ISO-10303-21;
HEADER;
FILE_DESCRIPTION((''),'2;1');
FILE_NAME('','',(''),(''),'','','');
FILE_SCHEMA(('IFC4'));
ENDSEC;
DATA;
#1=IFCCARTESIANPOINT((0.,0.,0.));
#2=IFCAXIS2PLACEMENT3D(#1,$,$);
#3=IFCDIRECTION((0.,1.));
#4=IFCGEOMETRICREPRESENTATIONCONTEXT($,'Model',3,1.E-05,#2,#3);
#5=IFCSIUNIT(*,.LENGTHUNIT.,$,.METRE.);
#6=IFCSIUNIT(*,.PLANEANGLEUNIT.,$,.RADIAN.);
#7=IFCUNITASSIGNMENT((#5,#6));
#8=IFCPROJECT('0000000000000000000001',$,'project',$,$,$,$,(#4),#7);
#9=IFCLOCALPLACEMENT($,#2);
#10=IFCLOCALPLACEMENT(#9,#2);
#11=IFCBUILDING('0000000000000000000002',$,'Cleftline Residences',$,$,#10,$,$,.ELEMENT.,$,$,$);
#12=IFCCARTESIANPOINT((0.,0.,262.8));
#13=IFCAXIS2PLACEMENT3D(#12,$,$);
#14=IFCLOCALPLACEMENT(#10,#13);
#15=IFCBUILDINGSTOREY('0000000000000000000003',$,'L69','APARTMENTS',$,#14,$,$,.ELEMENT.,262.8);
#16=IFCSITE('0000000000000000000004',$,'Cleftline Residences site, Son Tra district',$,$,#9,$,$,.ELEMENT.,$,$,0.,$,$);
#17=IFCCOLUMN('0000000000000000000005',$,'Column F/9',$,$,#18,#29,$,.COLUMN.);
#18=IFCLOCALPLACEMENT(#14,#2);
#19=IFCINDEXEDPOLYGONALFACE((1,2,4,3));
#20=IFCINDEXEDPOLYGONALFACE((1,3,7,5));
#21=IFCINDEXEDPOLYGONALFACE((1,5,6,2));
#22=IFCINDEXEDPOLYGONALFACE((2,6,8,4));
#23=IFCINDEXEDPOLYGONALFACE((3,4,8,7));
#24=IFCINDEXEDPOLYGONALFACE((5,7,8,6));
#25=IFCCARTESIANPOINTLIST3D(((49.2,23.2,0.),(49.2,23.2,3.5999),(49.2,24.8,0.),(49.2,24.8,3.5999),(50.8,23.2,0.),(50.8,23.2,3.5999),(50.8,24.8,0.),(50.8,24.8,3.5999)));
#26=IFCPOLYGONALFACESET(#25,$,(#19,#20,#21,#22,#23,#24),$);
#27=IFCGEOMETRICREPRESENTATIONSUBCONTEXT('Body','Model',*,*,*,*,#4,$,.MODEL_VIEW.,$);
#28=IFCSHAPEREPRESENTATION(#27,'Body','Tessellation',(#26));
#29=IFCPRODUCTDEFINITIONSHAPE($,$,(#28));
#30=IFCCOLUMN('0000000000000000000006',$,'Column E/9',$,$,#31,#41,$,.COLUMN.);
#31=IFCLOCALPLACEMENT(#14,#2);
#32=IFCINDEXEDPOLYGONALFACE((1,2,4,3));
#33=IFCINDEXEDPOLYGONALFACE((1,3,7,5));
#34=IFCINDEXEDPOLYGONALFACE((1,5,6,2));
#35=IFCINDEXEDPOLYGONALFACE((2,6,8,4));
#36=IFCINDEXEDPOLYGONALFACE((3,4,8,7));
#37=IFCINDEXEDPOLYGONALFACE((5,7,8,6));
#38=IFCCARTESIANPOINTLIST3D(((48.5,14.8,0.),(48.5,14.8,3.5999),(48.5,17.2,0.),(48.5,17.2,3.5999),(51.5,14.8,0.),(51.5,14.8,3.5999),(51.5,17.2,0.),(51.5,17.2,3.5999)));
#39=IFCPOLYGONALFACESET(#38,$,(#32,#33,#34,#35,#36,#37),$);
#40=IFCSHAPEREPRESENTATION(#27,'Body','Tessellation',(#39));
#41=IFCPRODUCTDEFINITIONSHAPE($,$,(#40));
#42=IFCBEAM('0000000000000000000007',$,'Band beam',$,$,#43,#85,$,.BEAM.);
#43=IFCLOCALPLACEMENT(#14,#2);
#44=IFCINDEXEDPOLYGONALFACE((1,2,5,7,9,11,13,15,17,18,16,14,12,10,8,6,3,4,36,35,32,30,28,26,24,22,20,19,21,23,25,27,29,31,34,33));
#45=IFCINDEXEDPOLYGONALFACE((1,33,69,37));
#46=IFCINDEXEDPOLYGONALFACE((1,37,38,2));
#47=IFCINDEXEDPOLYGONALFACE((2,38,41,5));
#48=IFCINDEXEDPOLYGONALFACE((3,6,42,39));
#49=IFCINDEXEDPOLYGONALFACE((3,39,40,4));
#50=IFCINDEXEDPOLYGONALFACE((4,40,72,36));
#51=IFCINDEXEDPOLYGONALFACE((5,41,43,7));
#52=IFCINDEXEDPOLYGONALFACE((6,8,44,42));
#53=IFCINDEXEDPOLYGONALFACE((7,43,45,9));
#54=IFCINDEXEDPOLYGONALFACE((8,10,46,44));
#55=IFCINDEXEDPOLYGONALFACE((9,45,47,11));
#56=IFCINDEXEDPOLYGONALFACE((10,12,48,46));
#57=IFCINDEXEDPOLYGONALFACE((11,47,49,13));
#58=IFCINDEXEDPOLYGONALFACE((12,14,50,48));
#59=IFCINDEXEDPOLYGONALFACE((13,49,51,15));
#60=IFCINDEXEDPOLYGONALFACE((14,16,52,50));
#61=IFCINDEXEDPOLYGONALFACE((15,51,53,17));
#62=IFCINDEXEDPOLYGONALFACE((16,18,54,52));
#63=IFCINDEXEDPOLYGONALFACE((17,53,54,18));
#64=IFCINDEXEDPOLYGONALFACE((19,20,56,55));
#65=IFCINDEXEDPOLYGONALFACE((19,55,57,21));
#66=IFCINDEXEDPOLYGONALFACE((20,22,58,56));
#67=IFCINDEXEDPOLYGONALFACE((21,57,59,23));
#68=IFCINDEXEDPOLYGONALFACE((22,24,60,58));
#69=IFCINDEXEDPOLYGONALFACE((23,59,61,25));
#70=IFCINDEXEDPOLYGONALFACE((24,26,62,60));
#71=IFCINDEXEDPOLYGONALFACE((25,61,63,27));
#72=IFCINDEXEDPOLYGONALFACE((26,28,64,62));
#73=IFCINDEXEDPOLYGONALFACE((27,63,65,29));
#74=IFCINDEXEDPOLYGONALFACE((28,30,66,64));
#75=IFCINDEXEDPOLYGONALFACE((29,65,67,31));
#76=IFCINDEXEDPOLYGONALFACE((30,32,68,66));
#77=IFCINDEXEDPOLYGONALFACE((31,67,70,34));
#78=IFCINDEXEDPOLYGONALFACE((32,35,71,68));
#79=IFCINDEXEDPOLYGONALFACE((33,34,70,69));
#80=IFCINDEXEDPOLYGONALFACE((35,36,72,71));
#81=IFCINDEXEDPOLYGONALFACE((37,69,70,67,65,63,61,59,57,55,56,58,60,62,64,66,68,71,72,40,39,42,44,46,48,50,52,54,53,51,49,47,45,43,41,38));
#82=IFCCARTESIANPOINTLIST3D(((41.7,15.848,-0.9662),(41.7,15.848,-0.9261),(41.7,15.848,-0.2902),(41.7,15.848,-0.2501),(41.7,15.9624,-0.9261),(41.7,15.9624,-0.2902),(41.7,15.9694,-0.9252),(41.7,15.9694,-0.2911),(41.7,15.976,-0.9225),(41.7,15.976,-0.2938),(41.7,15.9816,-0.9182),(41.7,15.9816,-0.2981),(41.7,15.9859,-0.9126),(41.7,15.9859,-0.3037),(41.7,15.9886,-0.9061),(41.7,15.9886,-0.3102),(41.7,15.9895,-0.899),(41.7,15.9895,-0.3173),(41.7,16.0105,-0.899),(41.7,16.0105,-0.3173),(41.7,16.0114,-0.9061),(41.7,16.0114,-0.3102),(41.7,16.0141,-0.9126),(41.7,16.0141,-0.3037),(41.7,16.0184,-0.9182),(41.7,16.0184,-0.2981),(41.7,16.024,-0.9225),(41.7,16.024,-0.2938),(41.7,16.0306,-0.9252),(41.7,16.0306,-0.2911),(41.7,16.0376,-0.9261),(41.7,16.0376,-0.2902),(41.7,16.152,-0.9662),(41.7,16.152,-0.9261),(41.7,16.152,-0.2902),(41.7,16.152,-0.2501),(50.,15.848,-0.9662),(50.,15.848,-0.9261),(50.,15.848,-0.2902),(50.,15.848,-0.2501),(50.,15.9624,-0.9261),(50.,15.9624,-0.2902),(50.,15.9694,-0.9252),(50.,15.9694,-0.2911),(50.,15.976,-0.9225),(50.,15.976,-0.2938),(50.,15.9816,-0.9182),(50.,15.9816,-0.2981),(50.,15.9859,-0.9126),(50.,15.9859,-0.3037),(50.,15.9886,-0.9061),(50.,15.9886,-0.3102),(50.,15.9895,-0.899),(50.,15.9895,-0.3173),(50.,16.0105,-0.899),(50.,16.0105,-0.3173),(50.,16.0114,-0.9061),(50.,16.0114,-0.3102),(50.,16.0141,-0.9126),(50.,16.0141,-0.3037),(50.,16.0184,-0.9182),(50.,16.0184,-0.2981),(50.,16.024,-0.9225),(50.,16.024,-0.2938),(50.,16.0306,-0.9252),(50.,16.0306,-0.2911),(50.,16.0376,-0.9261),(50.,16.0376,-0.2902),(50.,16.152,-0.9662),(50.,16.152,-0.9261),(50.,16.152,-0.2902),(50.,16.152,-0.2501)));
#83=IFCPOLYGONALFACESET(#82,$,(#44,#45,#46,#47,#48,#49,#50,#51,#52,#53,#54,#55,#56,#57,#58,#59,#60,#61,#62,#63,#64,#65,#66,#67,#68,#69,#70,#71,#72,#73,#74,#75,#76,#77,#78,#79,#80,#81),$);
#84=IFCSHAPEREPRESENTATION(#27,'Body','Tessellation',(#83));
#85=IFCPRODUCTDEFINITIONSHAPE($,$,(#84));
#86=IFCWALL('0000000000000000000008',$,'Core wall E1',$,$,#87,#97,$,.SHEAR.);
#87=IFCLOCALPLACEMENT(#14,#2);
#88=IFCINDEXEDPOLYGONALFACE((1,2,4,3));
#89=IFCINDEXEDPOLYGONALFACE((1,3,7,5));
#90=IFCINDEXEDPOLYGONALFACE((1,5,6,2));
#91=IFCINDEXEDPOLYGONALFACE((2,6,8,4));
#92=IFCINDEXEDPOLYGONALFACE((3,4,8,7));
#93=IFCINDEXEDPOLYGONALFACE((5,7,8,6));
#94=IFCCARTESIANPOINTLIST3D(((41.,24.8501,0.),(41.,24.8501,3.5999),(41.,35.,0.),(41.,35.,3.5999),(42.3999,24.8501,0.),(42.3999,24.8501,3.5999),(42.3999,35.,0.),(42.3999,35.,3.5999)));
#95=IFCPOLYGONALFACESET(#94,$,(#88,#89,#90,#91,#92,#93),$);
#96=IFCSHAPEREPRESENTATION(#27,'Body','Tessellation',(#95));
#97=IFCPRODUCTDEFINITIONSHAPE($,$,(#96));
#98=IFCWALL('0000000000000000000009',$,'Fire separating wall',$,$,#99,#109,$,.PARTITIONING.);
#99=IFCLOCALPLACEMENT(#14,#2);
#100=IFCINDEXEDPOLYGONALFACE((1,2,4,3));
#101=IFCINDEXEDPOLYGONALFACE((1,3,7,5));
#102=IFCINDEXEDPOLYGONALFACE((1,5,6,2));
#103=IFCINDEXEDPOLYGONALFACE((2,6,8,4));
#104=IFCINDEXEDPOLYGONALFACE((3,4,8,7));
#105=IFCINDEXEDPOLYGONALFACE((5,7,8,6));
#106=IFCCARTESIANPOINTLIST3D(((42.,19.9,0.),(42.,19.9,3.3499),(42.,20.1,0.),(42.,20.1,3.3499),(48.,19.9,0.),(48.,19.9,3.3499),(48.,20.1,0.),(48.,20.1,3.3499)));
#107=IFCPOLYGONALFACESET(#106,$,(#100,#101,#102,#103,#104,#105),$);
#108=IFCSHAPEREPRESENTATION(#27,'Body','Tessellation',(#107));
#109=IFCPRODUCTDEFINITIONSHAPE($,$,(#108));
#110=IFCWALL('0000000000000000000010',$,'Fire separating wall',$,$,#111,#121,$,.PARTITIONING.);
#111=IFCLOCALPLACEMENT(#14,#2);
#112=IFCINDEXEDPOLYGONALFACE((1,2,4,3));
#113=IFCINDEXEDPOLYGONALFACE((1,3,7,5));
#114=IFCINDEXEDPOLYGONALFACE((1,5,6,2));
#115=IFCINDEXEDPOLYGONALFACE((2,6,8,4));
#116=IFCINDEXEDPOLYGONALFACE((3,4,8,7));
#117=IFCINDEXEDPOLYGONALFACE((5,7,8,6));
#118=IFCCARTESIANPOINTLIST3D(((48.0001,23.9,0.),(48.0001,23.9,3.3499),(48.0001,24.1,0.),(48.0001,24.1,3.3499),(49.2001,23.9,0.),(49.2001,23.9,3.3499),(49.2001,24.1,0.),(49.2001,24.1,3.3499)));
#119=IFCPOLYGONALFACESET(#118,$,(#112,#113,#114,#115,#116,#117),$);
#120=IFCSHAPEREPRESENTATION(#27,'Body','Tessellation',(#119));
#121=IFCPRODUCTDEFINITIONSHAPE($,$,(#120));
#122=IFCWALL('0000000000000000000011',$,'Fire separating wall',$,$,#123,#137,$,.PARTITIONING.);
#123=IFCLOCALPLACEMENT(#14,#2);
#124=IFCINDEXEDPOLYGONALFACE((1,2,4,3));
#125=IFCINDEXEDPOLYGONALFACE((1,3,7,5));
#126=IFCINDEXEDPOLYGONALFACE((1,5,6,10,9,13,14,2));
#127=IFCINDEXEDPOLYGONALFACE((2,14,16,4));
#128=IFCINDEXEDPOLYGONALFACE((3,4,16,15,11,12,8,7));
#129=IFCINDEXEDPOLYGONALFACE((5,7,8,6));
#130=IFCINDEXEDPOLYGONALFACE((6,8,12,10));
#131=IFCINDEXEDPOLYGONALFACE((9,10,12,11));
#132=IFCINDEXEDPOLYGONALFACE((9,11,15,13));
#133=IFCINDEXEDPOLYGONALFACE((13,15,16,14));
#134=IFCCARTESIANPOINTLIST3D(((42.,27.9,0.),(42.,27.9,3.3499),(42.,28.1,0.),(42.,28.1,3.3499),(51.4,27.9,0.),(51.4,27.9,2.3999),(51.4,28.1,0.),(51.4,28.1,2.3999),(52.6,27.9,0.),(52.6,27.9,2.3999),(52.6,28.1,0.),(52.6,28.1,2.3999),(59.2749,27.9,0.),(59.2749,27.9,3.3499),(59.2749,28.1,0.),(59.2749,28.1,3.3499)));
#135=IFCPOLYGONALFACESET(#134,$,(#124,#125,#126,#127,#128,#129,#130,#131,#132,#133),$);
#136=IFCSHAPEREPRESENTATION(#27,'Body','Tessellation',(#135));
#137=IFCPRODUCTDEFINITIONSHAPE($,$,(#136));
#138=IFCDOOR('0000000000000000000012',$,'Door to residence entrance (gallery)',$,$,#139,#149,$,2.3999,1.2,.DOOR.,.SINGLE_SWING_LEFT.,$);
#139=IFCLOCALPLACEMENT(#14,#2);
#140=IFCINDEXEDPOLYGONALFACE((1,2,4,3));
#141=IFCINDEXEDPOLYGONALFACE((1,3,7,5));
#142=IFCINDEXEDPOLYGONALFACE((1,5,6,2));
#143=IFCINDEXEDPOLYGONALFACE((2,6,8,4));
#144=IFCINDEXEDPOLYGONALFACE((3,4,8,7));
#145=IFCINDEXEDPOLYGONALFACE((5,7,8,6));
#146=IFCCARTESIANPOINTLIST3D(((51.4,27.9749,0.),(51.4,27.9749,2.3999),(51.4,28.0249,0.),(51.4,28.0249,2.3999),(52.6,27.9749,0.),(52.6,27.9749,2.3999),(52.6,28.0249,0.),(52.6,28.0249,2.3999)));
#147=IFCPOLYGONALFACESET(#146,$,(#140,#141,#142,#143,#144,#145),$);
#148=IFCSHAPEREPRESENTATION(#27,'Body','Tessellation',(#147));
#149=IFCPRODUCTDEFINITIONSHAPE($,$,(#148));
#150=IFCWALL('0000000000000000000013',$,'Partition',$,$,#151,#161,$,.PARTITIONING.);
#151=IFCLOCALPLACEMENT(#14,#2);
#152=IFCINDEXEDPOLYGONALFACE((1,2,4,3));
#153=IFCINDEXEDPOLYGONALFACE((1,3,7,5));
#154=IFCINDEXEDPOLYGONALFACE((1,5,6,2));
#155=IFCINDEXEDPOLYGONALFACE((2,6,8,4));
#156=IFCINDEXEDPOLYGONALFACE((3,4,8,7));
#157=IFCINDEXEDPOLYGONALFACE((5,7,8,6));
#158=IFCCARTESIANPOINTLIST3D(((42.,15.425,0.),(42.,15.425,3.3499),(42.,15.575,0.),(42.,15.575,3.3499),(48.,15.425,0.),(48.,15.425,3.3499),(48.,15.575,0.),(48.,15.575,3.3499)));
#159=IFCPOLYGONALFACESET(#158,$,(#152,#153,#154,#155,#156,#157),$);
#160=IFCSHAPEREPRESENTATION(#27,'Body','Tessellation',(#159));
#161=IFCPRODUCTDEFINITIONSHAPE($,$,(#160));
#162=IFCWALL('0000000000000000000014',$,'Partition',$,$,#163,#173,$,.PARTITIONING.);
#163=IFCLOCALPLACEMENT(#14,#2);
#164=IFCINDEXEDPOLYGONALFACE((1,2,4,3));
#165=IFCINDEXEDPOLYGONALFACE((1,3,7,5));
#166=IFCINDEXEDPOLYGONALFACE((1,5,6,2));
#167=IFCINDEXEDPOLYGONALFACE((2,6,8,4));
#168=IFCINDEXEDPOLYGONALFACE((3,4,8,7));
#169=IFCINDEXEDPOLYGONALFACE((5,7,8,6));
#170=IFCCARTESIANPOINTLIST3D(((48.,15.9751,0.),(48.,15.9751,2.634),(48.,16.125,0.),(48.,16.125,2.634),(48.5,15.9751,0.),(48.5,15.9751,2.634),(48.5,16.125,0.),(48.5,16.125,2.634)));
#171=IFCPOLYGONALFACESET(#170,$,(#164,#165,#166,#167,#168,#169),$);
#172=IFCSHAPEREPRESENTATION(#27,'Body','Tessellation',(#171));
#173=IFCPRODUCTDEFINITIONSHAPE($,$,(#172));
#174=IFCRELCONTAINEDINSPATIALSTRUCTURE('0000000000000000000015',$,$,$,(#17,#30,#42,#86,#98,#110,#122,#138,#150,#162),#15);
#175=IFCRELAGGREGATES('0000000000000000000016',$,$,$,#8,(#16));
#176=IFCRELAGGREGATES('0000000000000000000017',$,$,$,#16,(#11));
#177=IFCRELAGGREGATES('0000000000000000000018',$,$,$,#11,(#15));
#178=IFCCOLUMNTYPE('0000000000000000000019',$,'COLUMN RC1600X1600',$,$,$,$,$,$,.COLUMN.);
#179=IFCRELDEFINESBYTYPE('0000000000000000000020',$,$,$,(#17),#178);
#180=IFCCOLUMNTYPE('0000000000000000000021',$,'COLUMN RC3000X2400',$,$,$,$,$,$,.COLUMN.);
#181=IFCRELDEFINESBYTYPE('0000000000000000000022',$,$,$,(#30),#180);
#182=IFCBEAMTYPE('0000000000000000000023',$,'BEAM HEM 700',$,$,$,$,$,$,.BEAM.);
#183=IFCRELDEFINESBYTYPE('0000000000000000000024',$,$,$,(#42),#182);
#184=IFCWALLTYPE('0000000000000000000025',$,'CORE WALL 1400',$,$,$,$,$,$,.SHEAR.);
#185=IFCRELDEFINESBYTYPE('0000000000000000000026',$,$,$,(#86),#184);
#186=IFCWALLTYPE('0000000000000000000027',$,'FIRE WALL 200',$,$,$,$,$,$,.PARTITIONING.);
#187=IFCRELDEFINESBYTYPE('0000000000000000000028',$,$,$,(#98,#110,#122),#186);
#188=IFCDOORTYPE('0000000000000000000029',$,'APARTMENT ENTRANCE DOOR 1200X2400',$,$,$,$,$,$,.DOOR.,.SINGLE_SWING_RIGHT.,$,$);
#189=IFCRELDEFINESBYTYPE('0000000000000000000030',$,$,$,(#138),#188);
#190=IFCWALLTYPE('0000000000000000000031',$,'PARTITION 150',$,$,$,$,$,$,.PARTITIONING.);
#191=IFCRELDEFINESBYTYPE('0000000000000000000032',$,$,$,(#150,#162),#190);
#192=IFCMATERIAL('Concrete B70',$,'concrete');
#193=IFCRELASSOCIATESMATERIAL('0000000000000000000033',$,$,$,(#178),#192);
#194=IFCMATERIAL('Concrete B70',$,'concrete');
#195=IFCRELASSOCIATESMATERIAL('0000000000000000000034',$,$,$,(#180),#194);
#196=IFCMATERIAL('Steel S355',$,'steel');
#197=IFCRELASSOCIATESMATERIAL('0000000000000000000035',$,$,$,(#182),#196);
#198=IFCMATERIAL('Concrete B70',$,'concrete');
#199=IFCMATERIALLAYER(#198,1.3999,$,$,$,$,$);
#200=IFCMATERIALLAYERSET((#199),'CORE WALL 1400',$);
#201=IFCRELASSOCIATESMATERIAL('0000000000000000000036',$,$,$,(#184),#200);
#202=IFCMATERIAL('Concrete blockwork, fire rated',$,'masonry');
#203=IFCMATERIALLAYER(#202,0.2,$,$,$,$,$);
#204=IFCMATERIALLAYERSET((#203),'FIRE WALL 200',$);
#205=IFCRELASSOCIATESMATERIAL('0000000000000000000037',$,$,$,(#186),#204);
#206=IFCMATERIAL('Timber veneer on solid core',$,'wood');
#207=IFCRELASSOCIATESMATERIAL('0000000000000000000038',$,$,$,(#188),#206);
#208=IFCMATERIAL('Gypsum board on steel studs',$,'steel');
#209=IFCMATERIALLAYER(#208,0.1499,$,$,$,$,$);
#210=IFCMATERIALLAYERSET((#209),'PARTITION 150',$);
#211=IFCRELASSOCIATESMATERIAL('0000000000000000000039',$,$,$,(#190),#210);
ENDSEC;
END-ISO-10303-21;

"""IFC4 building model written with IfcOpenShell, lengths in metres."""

from ifc_helpers import new_model, si_unit, direction, frame, frame_2d, origin, origin_2d, place, context, subcontext, project, spatial, rectangle, i_section, extrude, material, layer, layer_set, material_profile, profile_set, type_object, element, fill, save


model = new_model("IFC4")

# Units and contexts
model_context = context("Model", 3, precision=1e-05, world=origin(), true_north=direction((0.0, 1.0)))
body_context = subcontext(model_context, "Body", "Model", "MODEL_VIEW")
ifc_project = project(units=[si_unit("LENGTHUNIT", "METRE"), si_unit("PLANEANGLEUNIT", "RADIAN")], contexts=[model_context])

# Site, building, storey
site_placement = place(None, origin())
site = spatial("IfcSite", under=ifc_project, at=site_placement, Name="Cleftline Residences site, Son Tra district", CompositionType="ELEMENT", RefElevation=0.0)
building_placement = place(site_placement, origin())
building = spatial("IfcBuilding", under=site, at=building_placement, Name="Cleftline Residences", CompositionType="ELEMENT")
storey_placement = place(building_placement, frame((0.0, 0.0, 262.8)))
storey = spatial("IfcBuildingStorey", under=building, at=storey_placement, Name="L69", Description="APARTMENTS", CompositionType="ELEMENT", Elevation=262.8)

# Columns
ifc_material_1 = material(Name="Concrete B70", Category="concrete")
ifc_material_profile_1 = material_profile(ifc_material_1, rectangle(XDim=1.6001, YDim=1.6001, at=origin_2d()))
ifc_profile_set_1 = profile_set([ifc_material_profile_1], Name="Concrete B70")
column_type_1 = type_object("IfcColumnType", Name="COLUMN RC1600X1600", PredefinedType="COLUMN", material=ifc_profile_set_1)
column_1_placement = place(storey_placement, frame((50.0, 24.0, 0.0), z_axis=(0.0, 0.0, 1.0), x_axis=(1.0, 0.0, 0.0)))
element("IfcColumn", 1, at=column_1_placement, inside=storey, type_object=column_type_1, Name="Column F/9", PredefinedType="COLUMN", context=body_context, shape_type="SweptSolid", body=[
    extrude(rectangle(XDim=1.6001, YDim=1.6001, at=origin_2d()), origin(), (0.0, 0.0, 1.0), 3.5999),
])
ifc_material_2 = material(Name="Concrete B70", Category="concrete")
ifc_material_profile_2 = material_profile(ifc_material_2, rectangle(XDim=3.0, YDim=2.3999, at=origin_2d()))
ifc_profile_set_2 = profile_set([ifc_material_profile_2], Name="Concrete B70")
column_type_2 = type_object("IfcColumnType", Name="COLUMN RC3000X2400", PredefinedType="COLUMN", material=ifc_profile_set_2)
column_2_placement = place(storey_placement, frame((50.0, 16.0, 0.0), z_axis=(0.0, 0.0, 1.0), x_axis=(1.0, 0.0, 0.0)))
element("IfcColumn", 2, at=column_2_placement, inside=storey, type_object=column_type_2, Name="Column E/9", PredefinedType="COLUMN", context=body_context, shape_type="SweptSolid", body=[
    extrude(rectangle(XDim=3.0, YDim=2.3999, at=origin_2d()), origin(), (0.0, 0.0, 1.0), 3.5999),
])

# Beam
ifc_material_3 = material(Name="Steel S355", Category="steel")
ifc_material_profile_3 = material_profile(ifc_material_3, i_section(OverallWidth=0.304, OverallDepth=0.7161, WebThickness=0.021, FlangeThickness=0.04, FilletRadius=0.0271, at=origin_2d()))
ifc_profile_set_3 = profile_set([ifc_material_profile_3], Name="Steel S355")
beam_type = type_object("IfcBeamType", Name="BEAM HEM 700", PredefinedType="BEAM", material=ifc_profile_set_3)
beam_placement = place(storey_placement, frame((50.0, 16.0, -0.6082), z_axis=(-1.0, 0.0, 0.0), x_axis=(0.0, -1.0, 0.0)))
element("IfcBeam", 3, at=beam_placement, inside=storey, type_object=beam_type, Name="Band beam", PredefinedType="BEAM", context=body_context, shape_type="SweptSolid", body=[
    extrude(i_section(OverallWidth=0.304, OverallDepth=0.7161, WebThickness=0.021, FlangeThickness=0.04, FilletRadius=0.0271, at=origin_2d()), origin(), (0.0, 0.0, 1.0), 8.3),
])

# Walls
ifc_material_4 = material(Name="Concrete B70", Category="concrete")
ifc_layer_1 = layer(ifc_material_4, 1.3999)
ifc_layer_set_1 = layer_set([ifc_layer_1], Name="CORE WALL 1400")
wall_type_1 = type_object("IfcWallType", Name="CORE WALL 1400", PredefinedType="SHEAR", material=ifc_layer_set_1)
wall_1_placement = place(storey_placement, frame((41.7, 24.8501, 0.0), z_axis=(0.0, 0.0, 1.0), x_axis=(0.0, 1.0, 0.0)))
element("IfcWall", 4, at=wall_1_placement, inside=storey, type_object=wall_type_1, Name="Core wall E1", PredefinedType="SHEAR", context=body_context, shape_type="SweptSolid", body=[
    extrude(rectangle(XDim=10.1499, YDim=1.3999, at=frame_2d((5.075, 0.0))), origin(), (0.0, 0.0, 1.0), 3.5999),
])
ifc_material_5 = material(Name="Concrete blockwork, fire rated", Category="masonry")
ifc_layer_2 = layer(ifc_material_5, 0.2)
ifc_layer_set_2 = layer_set([ifc_layer_2], Name="FIRE WALL 200")
wall_type_2 = type_object("IfcWallType", Name="FIRE WALL 200", PredefinedType="PARTITIONING", material=ifc_layer_set_2)
wall_2_placement = place(storey_placement, frame((42.0, 20.0, 0.0), z_axis=(0.0, 0.0, 1.0), x_axis=(1.0, 0.0, 0.0)))
element("IfcWall", 5, at=wall_2_placement, inside=storey, type_object=wall_type_2, Name="Fire separating wall", PredefinedType="PARTITIONING", context=body_context, shape_type="SweptSolid", body=[
    extrude(rectangle(XDim=6.0, YDim=0.2, at=frame_2d((3.0, 0.0))), origin(), (0.0, 0.0, 1.0), 3.3499),
])
wall_3_placement = place(storey_placement, frame((48.0, 24.0, 0.0), z_axis=(0.0, 0.0, 1.0), x_axis=(1.0, 0.0, 0.0)))
element("IfcWall", 6, at=wall_3_placement, inside=storey, type_object=wall_type_2, Name="Fire separating wall", PredefinedType="PARTITIONING", context=body_context, shape_type="SweptSolid", body=[
    extrude(rectangle(XDim=1.2, YDim=0.2, at=frame_2d((0.6001, 0.0))), origin(), (0.0, 0.0, 1.0), 3.3499),
])

# Wall, opening, door
wall_4_placement = place(storey_placement, frame((42.0, 28.0, 0.0), z_axis=(0.0, 0.0, 1.0), x_axis=(1.0, 0.0, 0.0)))
wall_4 = element("IfcWall", 7, at=wall_4_placement, inside=storey, type_object=wall_type_2, Name="Fire separating wall", PredefinedType="PARTITIONING", context=body_context, shape_type="SweptSolid", body=[
    extrude(rectangle(XDim=17.2749, YDim=0.2, at=frame_2d((8.6375, 0.0))), origin(), (0.0, 0.0, 1.0), 3.3499),
])
opening_1_placement = place(wall_4_placement, frame((9.3999, 0.0, 0.0)))
opening_1 = element("IfcOpeningElement", 8, at=opening_1_placement, cuts=wall_4, PredefinedType="OPENING", context=body_context, shape_type="SweptSolid", body=[
    extrude(rectangle(XDim=1.2, YDim=2.3999, at=frame_2d((0.6001, 1.2))), frame((0.0, 0.1099, 0.0), z_axis=(0.0, -1.0, 0.0), x_axis=(1.0, 0.0, 0.0)), (0.0, 0.0, 1.0), 0.22),
])
ifc_material_6 = material(Name="Timber veneer on solid core", Category="wood")
door_type_1 = type_object("IfcDoorType", Name="APARTMENT ENTRANCE DOOR 1200X2400", OperationType="SINGLE_SWING_RIGHT", PredefinedType="DOOR", material=ifc_material_6)
door_1_placement = place(opening_1_placement, origin())
door_1 = element("IfcDoor", 9, at=door_1_placement, inside=storey, type_object=door_type_1, Name="Door to residence entrance (gallery)", OperationType="SINGLE_SWING_LEFT", OverallHeight=2.3999, OverallWidth=1.2, PredefinedType="DOOR", context=body_context, shape_type="SweptSolid", body=[
    extrude(rectangle(XDim=1.2, YDim=2.3999, at=frame_2d((0.6001, 1.2))), frame((0.0, 0.0249, 0.0), z_axis=(0.0, -1.0, 0.0), x_axis=(1.0, 0.0, 0.0)), (0.0, 0.0, 1.0), 0.05),
])
fill(opening_1, door_1)

# Walls
ifc_material_7 = material(Name="Gypsum board on steel studs", Category="steel")
ifc_layer_3 = layer(ifc_material_7, 0.1499)
ifc_layer_set_3 = layer_set([ifc_layer_3], Name="PARTITION 150")
wall_type_3 = type_object("IfcWallType", Name="PARTITION 150", PredefinedType="PARTITIONING", material=ifc_layer_set_3)
wall_5_placement = place(storey_placement, frame((42.0, 15.5, 0.0), z_axis=(0.0, 0.0, 1.0), x_axis=(1.0, 0.0, 0.0)))
element("IfcWall", 10, at=wall_5_placement, inside=storey, type_object=wall_type_3, Name="Partition", PredefinedType="PARTITIONING", context=body_context, shape_type="SweptSolid", body=[
    extrude(rectangle(XDim=6.0, YDim=0.1499, at=frame_2d((3.0, 0.0))), origin(), (0.0, 0.0, 1.0), 3.3499),
])
wall_6_placement = place(storey_placement, frame((48.0, 16.05, 0.0), z_axis=(0.0, 0.0, 1.0), x_axis=(1.0, 0.0, 0.0)))
element("IfcWall", 11, at=wall_6_placement, inside=storey, type_object=wall_type_3, Name="Partition", PredefinedType="PARTITIONING", context=body_context, shape_type="SweptSolid", body=[
    extrude(rectangle(XDim=0.5, YDim=0.1499, at=frame_2d((0.25, 0.0))), origin(), (0.0, 0.0, 1.0), 2.634),
])

save(model, "model.ifc")
